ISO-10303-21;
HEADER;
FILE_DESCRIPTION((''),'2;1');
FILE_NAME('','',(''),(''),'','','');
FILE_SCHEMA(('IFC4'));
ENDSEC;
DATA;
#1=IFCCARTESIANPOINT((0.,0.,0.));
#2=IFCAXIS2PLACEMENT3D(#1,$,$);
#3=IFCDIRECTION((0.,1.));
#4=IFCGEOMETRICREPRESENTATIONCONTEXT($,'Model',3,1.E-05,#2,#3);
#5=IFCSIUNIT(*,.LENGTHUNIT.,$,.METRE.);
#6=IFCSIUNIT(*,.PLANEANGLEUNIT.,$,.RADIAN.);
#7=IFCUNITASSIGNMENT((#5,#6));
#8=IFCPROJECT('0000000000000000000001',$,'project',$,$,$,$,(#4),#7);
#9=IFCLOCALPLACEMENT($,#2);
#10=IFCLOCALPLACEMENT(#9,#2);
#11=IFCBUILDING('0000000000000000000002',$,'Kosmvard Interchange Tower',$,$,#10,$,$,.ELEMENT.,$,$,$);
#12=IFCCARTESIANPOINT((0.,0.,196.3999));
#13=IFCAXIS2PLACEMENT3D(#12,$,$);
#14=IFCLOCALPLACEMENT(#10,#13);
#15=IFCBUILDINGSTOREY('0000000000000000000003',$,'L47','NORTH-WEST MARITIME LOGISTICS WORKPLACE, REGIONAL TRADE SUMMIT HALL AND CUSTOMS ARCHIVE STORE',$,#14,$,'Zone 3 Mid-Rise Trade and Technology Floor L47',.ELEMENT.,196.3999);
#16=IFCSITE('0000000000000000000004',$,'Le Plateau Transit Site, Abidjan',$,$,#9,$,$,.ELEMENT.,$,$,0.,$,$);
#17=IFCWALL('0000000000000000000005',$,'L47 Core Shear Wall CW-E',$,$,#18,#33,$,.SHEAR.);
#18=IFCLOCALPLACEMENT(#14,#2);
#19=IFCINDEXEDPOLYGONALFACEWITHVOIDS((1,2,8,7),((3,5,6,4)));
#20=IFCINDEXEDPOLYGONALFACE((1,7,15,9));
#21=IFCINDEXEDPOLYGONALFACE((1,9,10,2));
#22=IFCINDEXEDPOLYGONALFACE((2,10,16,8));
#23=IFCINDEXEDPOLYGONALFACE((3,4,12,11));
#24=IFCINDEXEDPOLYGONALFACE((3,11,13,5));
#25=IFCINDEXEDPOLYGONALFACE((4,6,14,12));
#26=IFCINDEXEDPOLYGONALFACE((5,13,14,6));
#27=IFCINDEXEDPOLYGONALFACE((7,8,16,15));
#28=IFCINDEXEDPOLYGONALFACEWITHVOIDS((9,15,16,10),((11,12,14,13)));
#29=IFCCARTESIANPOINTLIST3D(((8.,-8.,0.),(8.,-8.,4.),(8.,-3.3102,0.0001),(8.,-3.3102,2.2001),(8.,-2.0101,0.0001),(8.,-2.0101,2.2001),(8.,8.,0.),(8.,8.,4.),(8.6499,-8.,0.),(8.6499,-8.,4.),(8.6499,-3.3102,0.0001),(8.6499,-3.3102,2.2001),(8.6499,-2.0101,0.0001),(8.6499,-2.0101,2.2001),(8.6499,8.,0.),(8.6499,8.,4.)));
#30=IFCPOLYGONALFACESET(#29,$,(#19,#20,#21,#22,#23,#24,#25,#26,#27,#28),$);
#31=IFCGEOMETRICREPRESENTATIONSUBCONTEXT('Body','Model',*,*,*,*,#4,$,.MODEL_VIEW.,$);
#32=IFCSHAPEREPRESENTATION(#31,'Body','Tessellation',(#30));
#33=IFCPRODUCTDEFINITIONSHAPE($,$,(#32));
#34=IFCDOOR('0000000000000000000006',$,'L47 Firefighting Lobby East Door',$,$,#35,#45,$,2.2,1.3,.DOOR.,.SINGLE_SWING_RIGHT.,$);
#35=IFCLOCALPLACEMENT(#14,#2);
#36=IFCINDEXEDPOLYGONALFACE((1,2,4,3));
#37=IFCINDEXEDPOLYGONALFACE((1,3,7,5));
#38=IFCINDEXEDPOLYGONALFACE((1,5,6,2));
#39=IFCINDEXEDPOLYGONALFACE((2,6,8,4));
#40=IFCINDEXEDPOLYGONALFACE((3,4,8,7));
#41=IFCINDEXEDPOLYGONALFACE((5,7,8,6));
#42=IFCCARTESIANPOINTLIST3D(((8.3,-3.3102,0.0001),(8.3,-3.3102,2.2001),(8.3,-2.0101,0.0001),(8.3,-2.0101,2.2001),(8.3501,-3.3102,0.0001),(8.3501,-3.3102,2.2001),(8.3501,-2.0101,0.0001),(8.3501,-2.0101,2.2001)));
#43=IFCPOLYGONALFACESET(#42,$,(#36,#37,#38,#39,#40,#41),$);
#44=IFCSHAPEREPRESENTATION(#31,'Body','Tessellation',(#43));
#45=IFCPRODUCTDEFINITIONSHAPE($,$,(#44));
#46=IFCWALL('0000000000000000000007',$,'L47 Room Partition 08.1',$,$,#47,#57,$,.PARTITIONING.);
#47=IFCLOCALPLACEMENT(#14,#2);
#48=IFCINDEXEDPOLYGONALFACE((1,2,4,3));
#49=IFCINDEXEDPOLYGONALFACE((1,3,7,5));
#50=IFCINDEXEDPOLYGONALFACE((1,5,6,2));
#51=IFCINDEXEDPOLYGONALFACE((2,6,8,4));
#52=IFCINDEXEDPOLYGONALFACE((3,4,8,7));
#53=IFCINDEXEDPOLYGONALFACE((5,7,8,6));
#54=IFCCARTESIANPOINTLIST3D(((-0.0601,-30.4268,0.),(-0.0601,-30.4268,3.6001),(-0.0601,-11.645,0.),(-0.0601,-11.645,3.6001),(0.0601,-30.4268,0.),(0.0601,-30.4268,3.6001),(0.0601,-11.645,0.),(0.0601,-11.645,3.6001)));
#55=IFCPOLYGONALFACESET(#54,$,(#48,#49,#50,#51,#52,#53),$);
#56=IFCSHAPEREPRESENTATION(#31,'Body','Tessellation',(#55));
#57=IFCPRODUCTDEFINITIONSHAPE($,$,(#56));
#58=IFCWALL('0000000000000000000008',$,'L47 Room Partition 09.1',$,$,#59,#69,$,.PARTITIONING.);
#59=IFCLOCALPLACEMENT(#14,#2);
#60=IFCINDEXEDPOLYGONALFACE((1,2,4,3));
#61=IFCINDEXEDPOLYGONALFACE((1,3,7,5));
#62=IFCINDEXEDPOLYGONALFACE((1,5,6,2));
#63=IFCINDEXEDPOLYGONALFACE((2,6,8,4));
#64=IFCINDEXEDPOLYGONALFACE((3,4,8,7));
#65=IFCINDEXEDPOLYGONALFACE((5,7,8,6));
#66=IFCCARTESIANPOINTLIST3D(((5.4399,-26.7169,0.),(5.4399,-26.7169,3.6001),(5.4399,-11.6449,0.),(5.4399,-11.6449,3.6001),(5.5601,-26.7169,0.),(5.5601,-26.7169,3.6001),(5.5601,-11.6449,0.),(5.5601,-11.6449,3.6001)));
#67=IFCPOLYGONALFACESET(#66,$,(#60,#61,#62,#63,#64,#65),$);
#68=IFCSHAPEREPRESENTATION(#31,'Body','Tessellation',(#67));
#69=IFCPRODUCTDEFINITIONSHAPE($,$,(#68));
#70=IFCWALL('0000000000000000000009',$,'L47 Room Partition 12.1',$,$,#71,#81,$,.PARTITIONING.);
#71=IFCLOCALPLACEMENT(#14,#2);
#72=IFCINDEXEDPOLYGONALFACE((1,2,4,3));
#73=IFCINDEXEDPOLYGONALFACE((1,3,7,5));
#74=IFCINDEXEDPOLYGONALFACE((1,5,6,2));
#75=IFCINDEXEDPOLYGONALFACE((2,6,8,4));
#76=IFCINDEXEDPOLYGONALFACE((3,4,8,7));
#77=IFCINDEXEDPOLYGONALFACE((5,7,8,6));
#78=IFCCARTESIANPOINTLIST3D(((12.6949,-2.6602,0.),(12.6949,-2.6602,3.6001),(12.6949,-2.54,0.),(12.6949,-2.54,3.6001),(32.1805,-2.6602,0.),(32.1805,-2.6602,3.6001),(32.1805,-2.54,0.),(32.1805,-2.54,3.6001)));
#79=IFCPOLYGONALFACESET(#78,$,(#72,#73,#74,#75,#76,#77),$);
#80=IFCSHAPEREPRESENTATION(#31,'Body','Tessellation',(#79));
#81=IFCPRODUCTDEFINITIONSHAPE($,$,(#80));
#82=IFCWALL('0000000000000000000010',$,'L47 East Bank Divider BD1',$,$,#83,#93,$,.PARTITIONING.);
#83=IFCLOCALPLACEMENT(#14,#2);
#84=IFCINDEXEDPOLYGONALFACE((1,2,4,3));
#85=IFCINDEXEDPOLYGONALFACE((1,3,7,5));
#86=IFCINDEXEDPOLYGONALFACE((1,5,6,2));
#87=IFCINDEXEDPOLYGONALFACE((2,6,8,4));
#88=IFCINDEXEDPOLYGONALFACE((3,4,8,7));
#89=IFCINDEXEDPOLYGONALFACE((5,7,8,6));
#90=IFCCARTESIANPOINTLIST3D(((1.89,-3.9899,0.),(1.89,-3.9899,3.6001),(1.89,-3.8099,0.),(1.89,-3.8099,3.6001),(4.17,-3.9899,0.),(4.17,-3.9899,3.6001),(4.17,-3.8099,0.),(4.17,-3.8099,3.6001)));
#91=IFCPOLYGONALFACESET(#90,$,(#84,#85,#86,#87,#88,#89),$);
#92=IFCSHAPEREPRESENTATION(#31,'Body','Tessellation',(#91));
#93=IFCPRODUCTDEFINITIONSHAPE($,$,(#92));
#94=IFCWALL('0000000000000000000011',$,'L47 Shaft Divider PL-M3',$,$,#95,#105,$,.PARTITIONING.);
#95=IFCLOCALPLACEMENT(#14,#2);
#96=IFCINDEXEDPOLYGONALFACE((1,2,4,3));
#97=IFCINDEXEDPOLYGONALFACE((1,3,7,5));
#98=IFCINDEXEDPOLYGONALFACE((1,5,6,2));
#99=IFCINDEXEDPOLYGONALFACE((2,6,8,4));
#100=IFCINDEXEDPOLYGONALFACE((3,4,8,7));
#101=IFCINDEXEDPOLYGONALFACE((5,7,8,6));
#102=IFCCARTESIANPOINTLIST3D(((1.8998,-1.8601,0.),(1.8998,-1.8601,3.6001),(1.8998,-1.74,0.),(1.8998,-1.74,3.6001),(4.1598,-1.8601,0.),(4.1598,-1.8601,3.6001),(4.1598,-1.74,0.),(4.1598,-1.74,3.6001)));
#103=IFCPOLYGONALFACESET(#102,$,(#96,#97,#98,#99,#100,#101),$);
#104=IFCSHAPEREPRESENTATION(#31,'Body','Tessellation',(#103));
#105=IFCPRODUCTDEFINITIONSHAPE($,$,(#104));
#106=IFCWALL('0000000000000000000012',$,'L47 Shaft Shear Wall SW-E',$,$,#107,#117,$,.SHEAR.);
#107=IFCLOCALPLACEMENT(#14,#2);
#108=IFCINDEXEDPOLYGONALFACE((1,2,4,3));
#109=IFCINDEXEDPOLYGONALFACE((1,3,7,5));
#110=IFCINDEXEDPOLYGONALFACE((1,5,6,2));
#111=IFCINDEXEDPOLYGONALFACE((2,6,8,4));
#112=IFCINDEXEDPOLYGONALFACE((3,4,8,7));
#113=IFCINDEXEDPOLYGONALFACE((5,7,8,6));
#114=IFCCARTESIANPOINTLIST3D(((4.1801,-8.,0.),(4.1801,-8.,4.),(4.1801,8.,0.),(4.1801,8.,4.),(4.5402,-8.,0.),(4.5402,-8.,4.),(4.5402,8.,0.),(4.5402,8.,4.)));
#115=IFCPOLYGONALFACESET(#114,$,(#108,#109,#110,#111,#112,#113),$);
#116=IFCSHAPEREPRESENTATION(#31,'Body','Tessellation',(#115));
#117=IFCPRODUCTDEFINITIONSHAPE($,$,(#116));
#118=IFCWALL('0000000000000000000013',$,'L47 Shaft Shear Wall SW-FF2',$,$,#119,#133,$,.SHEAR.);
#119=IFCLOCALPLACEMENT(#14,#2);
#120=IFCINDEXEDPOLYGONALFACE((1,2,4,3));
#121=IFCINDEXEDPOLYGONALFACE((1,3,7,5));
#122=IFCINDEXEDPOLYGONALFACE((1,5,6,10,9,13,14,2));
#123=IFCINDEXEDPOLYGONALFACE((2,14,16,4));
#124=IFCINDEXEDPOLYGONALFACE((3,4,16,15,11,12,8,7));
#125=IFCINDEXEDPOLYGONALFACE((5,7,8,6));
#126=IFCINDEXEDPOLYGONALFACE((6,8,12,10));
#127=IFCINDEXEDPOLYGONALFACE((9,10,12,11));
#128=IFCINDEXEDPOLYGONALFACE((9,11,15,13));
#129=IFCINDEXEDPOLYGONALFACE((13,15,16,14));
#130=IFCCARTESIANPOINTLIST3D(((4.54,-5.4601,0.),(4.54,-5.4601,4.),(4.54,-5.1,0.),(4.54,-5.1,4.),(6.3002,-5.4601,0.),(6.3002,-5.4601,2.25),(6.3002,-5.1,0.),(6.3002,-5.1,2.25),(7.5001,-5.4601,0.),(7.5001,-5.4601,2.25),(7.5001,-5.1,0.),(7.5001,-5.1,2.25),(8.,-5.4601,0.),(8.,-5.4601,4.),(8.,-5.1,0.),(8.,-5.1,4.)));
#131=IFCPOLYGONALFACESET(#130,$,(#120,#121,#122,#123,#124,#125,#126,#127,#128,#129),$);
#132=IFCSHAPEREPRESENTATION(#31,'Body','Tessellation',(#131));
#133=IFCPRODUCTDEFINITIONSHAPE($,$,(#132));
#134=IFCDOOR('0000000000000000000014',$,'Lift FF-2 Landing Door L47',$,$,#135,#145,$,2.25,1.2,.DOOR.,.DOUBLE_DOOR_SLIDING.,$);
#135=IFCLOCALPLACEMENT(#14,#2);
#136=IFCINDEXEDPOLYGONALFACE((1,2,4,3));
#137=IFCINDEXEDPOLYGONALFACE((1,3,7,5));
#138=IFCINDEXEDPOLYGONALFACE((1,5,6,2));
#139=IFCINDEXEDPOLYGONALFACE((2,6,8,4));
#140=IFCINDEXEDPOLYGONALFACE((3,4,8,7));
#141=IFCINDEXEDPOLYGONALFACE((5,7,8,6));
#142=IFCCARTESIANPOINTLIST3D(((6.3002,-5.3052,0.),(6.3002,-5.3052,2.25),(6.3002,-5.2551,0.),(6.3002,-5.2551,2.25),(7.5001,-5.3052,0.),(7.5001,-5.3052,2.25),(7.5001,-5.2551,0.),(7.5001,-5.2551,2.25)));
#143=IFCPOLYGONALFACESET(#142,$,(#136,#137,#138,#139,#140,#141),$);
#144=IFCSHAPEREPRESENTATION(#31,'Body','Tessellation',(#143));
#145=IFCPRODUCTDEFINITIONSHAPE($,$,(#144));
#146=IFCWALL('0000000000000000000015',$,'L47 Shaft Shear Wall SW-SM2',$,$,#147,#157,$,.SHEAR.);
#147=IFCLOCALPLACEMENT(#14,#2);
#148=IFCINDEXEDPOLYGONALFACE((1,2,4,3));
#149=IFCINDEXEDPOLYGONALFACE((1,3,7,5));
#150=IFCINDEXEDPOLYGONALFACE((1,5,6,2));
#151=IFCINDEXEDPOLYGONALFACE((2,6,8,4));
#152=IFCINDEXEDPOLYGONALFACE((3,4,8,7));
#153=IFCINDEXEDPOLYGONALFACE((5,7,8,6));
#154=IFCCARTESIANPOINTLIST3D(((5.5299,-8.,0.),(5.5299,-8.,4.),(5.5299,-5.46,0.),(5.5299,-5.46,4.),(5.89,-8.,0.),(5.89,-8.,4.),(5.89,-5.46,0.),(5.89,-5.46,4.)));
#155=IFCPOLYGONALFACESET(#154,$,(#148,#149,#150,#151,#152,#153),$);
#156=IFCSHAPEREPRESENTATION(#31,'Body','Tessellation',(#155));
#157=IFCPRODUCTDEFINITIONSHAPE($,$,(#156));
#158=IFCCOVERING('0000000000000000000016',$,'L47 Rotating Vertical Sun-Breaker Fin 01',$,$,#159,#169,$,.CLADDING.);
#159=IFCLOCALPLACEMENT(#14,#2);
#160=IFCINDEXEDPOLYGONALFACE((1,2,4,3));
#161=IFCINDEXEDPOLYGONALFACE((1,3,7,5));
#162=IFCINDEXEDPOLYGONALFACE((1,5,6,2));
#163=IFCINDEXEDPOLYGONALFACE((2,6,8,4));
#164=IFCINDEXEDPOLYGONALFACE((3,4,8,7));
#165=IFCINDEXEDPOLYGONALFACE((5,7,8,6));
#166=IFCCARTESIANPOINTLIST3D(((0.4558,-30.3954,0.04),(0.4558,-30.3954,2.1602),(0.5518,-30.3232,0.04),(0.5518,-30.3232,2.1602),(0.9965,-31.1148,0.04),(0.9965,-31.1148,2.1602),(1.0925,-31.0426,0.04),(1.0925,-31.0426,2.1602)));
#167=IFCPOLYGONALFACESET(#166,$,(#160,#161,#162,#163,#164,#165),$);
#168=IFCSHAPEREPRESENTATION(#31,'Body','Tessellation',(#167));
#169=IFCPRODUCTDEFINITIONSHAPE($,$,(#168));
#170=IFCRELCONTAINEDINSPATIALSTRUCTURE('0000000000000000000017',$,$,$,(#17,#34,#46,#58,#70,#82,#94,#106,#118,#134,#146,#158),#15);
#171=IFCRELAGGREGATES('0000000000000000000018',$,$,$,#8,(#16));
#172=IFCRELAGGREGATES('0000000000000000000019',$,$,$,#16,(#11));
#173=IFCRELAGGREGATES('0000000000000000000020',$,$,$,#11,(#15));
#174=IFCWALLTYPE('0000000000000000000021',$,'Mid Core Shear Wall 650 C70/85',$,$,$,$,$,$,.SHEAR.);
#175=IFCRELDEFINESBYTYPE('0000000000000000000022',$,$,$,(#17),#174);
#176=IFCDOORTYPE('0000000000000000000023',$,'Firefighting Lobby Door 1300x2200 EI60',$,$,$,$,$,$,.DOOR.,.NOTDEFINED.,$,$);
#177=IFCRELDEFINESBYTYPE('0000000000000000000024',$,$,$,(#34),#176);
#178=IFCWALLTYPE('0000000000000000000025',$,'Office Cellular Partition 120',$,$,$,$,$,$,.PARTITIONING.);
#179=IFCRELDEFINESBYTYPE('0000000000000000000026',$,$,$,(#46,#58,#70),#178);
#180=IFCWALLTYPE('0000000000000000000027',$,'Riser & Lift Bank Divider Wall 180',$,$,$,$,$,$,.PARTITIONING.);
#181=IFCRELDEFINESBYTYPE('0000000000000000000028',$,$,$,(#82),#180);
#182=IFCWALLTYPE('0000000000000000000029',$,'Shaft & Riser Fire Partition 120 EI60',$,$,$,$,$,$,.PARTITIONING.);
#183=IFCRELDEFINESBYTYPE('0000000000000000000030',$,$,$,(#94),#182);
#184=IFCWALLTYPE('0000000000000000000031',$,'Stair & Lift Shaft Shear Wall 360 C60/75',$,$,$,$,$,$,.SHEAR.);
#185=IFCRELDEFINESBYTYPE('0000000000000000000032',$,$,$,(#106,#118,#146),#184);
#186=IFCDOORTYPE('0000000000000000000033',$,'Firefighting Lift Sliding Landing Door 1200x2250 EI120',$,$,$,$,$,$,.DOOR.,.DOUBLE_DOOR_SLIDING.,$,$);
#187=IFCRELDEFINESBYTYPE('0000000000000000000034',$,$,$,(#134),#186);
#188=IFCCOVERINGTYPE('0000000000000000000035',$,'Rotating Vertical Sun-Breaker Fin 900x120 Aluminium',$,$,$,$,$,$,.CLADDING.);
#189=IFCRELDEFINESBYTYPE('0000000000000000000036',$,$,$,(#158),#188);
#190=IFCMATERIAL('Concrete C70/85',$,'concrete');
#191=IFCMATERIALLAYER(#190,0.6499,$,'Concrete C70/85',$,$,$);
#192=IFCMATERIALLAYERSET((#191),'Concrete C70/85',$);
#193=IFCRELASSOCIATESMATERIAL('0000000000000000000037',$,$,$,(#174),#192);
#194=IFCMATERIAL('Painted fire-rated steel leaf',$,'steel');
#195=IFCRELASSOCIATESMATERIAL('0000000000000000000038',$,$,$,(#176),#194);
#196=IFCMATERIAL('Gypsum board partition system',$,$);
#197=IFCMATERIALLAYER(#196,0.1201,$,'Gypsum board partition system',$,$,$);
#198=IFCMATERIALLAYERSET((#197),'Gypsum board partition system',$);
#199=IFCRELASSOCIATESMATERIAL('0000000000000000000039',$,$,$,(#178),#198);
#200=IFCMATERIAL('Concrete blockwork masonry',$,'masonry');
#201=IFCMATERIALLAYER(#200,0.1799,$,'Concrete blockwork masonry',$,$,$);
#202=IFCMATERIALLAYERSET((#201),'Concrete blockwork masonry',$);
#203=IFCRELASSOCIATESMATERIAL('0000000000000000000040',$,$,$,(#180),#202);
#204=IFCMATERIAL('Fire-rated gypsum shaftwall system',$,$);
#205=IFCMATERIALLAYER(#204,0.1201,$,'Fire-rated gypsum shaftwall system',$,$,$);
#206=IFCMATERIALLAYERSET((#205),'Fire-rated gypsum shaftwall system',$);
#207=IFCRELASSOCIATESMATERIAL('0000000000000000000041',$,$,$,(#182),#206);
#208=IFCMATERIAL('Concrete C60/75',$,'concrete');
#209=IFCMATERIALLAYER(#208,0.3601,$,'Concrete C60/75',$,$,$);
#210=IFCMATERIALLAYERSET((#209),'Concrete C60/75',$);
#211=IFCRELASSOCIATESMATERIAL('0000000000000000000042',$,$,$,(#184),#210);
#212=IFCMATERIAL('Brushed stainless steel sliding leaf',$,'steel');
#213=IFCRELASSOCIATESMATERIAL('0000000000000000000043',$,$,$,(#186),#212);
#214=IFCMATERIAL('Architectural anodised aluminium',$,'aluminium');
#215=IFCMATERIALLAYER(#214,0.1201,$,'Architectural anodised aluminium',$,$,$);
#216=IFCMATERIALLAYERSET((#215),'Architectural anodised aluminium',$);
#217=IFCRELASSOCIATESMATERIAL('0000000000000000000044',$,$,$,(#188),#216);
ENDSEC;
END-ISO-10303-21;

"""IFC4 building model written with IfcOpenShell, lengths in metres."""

from ifc_helpers import new_model, si_unit, direction, frame, frame_2d, origin, origin_2d, place, context, subcontext, project, spatial, rectangle, extrude, source, transform, mapped, material, layer, layer_set, type_object, element, fill, save


model = new_model("IFC4")

# Units and contexts
model_context = context("Model", 3, precision=1e-05, world=origin(), true_north=direction((0.0, 1.0)))
body_context = subcontext(model_context, "Body", "Model", "MODEL_VIEW")
ifc_project = project(units=[si_unit("LENGTHUNIT", "METRE"), si_unit("PLANEANGLEUNIT", "RADIAN")], contexts=[model_context])

# Site, building, storey
site_placement = place(None, origin())
site = spatial("IfcSite", under=ifc_project, at=site_placement, Name="Le Plateau Transit Site, Abidjan", CompositionType="ELEMENT", RefElevation=0.0)
building_placement = place(site_placement, origin())
building = spatial("IfcBuilding", under=site, at=building_placement, Name="Kosmvard Interchange Tower", CompositionType="ELEMENT")
storey_placement = place(building_placement, frame((0.0, 0.0, 196.3999)))
storey = spatial("IfcBuildingStorey", under=building, at=storey_placement, Name="L47", Description="NORTH-WEST MARITIME LOGISTICS WORKPLACE, REGIONAL TRADE SUMMIT HALL AND CUSTOMS ARCHIVE STORE", LongName="Zone 3 Mid-Rise Trade and Technology Floor L47", CompositionType="ELEMENT", Elevation=196.3999)

# Shared definitions
ifc_material_1 = material(Name="Concrete C60/75", Category="concrete")

# Shared definitions
ifc_material_2 = material(Name="Painted fire-rated steel leaf", Category="steel")
ifc_material_3 = material(Name="Brushed stainless steel sliding leaf", Category="steel")

# Wall, opening, door
ifc_material_4 = material(Name="Concrete C70/85", Category="concrete")
ifc_layer_1 = layer(ifc_material_4, 0.6499, Name="Concrete C70/85")
ifc_layer_set_1 = layer_set([ifc_layer_1], Name="Concrete C70/85")
wall_type_1 = type_object("IfcWallType", Name="Mid Core Shear Wall 650 C70/85", PredefinedType="SHEAR", material=ifc_layer_set_1)
wall_1_placement = place(storey_placement, frame((8.325, -8.0, 0.0), z_axis=(0.0, 0.0, 1.0), x_axis=(0.0, 1.0, 0.0)))
wall_1 = element("IfcWall", 1, at=wall_1_placement, inside=storey, type_object=wall_type_1, Name="L47 Core Shear Wall CW-E", PredefinedType="SHEAR", context=body_context, shape_type="SweptSolid", body=[
    extrude(rectangle(XDim=16.0, YDim=0.6499, at=frame_2d((8.0, 0.0))), origin(), (0.0, 0.0, 1.0), 4.0),
])
opening_1_placement = place(wall_1_placement, frame((4.6899, 0.0, 0.0)))
opening_1 = element("IfcOpeningElement", 2, at=opening_1_placement, cuts=wall_1, PredefinedType="OPENING", context=body_context, shape_type="SweptSolid", body=[
    extrude(rectangle(XDim=1.3, YDim=2.2, at=frame_2d((0.6499, 1.1001))), frame((0.0, 0.335, 0.0), z_axis=(0.0, -1.0, 0.0), x_axis=(1.0, 0.0, 0.0)), (0.0, 0.0, 1.0), 0.6699),
])
door_type_1 = type_object("IfcDoorType", Name="Firefighting Lobby Door 1300x2200 EI60", OperationType="NOTDEFINED", PredefinedType="DOOR", material=ifc_material_2)
shared_shape_1 = source(origin(), body_context, "Body", "SweptSolid", [
    extrude(rectangle(XDim=1.3, YDim=2.2, at=frame_2d((0.6499, 1.1001))), frame((0.0, 0.0249, 0.0), z_axis=(0.0, -1.0, 0.0), x_axis=(1.0, 0.0, 0.0)), (0.0, 0.0, 1.0), 0.05),
])
door_1_placement = place(opening_1_placement, origin())
door_1 = element("IfcDoor", 3, at=door_1_placement, inside=storey, type_object=door_type_1, Name="L47 Firefighting Lobby East Door", OperationType="SINGLE_SWING_RIGHT", OverallHeight=2.2, OverallWidth=1.3, PredefinedType="DOOR", context=body_context, shape_type="MappedRepresentation", body=[
    mapped(shared_shape_1, transform((0.0, 0.0, 0.0), scale=1.0)),
])
fill(opening_1, door_1)

# Walls
ifc_material_5 = material(Name="Gypsum board partition system")
ifc_layer_2 = layer(ifc_material_5, 0.1201, Name="Gypsum board partition system")
ifc_layer_set_2 = layer_set([ifc_layer_2], Name="Gypsum board partition system")
wall_type_2 = type_object("IfcWallType", Name="Office Cellular Partition 120", PredefinedType="PARTITIONING", material=ifc_layer_set_2)
wall_2_placement = place(storey_placement, frame((0.0, -30.4268, 0.0), z_axis=(0.0, 0.0, 1.0), x_axis=(0.0, 1.0, 0.0)))
element("IfcWall", 4, at=wall_2_placement, inside=storey, type_object=wall_type_2, Name="L47 Room Partition 08.1", PredefinedType="PARTITIONING", context=body_context, shape_type="SweptSolid", body=[
    extrude(rectangle(XDim=18.7817, YDim=0.1201, at=frame_2d((9.3909, 0.0))), origin(), (0.0, 0.0, 1.0), 3.6001),
])
wall_3_placement = place(storey_placement, frame((5.5, -26.717, 0.0), z_axis=(0.0, 0.0, 1.0), x_axis=(0.0, 1.0, 0.0)))
element("IfcWall", 5, at=wall_3_placement, inside=storey, type_object=wall_type_2, Name="L47 Room Partition 09.1", PredefinedType="PARTITIONING", context=body_context, shape_type="SweptSolid", body=[
    extrude(rectangle(XDim=15.072, YDim=0.1201, at=frame_2d((7.5361, 0.0))), origin(), (0.0, 0.0, 1.0), 3.6001),
])
wall_4_placement = place(storey_placement, frame((12.6951, -2.6001, 0.0), z_axis=(0.0, 0.0, 1.0), x_axis=(1.0, 0.0, 0.0)))
element("IfcWall", 6, at=wall_4_placement, inside=storey, type_object=wall_type_2, Name="L47 Room Partition 12.1", PredefinedType="PARTITIONING", context=body_context, shape_type="SweptSolid", body=[
    extrude(rectangle(XDim=19.4856, YDim=0.1201, at=frame_2d((9.7427, 0.0))), origin(), (0.0, 0.0, 1.0), 3.6001),
])
ifc_material_6 = material(Name="Concrete blockwork masonry", Category="masonry")
ifc_layer_3 = layer(ifc_material_6, 0.1799, Name="Concrete blockwork masonry")
ifc_layer_set_3 = layer_set([ifc_layer_3], Name="Concrete blockwork masonry")
wall_type_3 = type_object("IfcWallType", Name="Riser & Lift Bank Divider Wall 180", PredefinedType="PARTITIONING", material=ifc_layer_set_3)
wall_5_placement = place(storey_placement, frame((1.8899, -3.8999, 0.0), z_axis=(0.0, 0.0, 1.0), x_axis=(1.0, 0.0, 0.0)))
element("IfcWall", 7, at=wall_5_placement, inside=storey, type_object=wall_type_3, Name="L47 East Bank Divider BD1", PredefinedType="PARTITIONING", context=body_context, shape_type="SweptSolid", body=[
    extrude(rectangle(XDim=2.28, YDim=0.1799, at=frame_2d((1.1401, 0.0))), origin(), (0.0, 0.0, 1.0), 3.6001),
])
ifc_material_7 = material(Name="Fire-rated gypsum shaftwall system")
ifc_layer_4 = layer(ifc_material_7, 0.1201, Name="Fire-rated gypsum shaftwall system")
ifc_layer_set_4 = layer_set([ifc_layer_4], Name="Fire-rated gypsum shaftwall system")
wall_type_4 = type_object("IfcWallType", Name="Shaft & Riser Fire Partition 120 EI60", PredefinedType="PARTITIONING", material=ifc_layer_set_4)
wall_6_placement = place(storey_placement, frame((1.8999, -1.8, 0.0), z_axis=(0.0, 0.0, 1.0), x_axis=(1.0, 0.0, 0.0)))
element("IfcWall", 8, at=wall_6_placement, inside=storey, type_object=wall_type_4, Name="L47 Shaft Divider PL-M3", PredefinedType="PARTITIONING", context=body_context, shape_type="SweptSolid", body=[
    extrude(rectangle(XDim=2.26, YDim=0.1201, at=frame_2d((1.1299, 0.0))), origin(), (0.0, 0.0, 1.0), 3.6001),
])
ifc_layer_5 = layer(ifc_material_1, 0.3601, Name="Concrete C60/75")
ifc_layer_set_5 = layer_set([ifc_layer_5], Name="Concrete C60/75")
wall_type_5 = type_object("IfcWallType", Name="Stair & Lift Shaft Shear Wall 360 C60/75", PredefinedType="SHEAR", material=ifc_layer_set_5)
wall_7_placement = place(storey_placement, frame((4.3601, -8.0, 0.0), z_axis=(0.0, 0.0, 1.0), x_axis=(0.0, 1.0, 0.0)))
element("IfcWall", 9, at=wall_7_placement, inside=storey, type_object=wall_type_5, Name="L47 Shaft Shear Wall SW-E", PredefinedType="SHEAR", context=body_context, shape_type="SweptSolid", body=[
    extrude(rectangle(XDim=16.0, YDim=0.3601, at=frame_2d((8.0, 0.0))), origin(), (0.0, 0.0, 1.0), 4.0),
])

# Wall, opening, door
wall_8_placement = place(storey_placement, frame((4.54, -5.28, 0.0), z_axis=(0.0, 0.0, 1.0), x_axis=(1.0, 0.0, 0.0)))
wall_8 = element("IfcWall", 10, at=wall_8_placement, inside=storey, type_object=wall_type_5, Name="L47 Shaft Shear Wall SW-FF2", PredefinedType="SHEAR", context=body_context, shape_type="SweptSolid", body=[
    extrude(rectangle(XDim=3.46, YDim=0.3601, at=frame_2d((1.73, 0.0))), origin(), (0.0, 0.0, 1.0), 4.0),
])
opening_2_placement = place(wall_8_placement, frame((1.76, 0.0, 0.0)))
opening_2 = element("IfcOpeningElement", 11, at=opening_2_placement, cuts=wall_8, PredefinedType="OPENING", context=body_context, shape_type="SweptSolid", body=[
    extrude(rectangle(XDim=1.2, YDim=2.25, at=frame_2d((0.6001, 1.125))), frame((0.0, 0.1899, 0.0), z_axis=(0.0, -1.0, 0.0), x_axis=(1.0, 0.0, 0.0)), (0.0, 0.0, 1.0), 0.3801),
])
door_type_2 = type_object("IfcDoorType", Name="Firefighting Lift Sliding Landing Door 1200x2250 EI120", OperationType="DOUBLE_DOOR_SLIDING", PredefinedType="DOOR", material=ifc_material_3)
shared_shape_2 = source(origin(), body_context, "Body", "SweptSolid", [
    extrude(rectangle(XDim=1.2, YDim=2.25, at=frame_2d((0.6001, 1.125))), frame((0.0, 0.0249, 0.0), z_axis=(0.0, -1.0, 0.0), x_axis=(1.0, 0.0, 0.0)), (0.0, 0.0, 1.0), 0.05),
])
door_2_placement = place(opening_2_placement, origin())
door_2 = element("IfcDoor", 12, at=door_2_placement, inside=storey, type_object=door_type_2, Name="Lift FF-2 Landing Door L47", OperationType="DOUBLE_DOOR_SLIDING", OverallHeight=2.25, OverallWidth=1.2, PredefinedType="DOOR", context=body_context, shape_type="MappedRepresentation", body=[
    mapped(shared_shape_2, transform((0.0, 0.0, 0.0), scale=1.0)),
])
fill(opening_2, door_2)

# Wall
wall_9_placement = place(storey_placement, frame((5.71, -8.0, 0.0), z_axis=(0.0, 0.0, 1.0), x_axis=(0.0, 1.0, 0.0)))
element("IfcWall", 13, at=wall_9_placement, inside=storey, type_object=wall_type_5, Name="L47 Shaft Shear Wall SW-SM2", PredefinedType="SHEAR", context=body_context, shape_type="SweptSolid", body=[
    extrude(rectangle(XDim=2.54, YDim=0.3601, at=frame_2d((1.27, 0.0))), origin(), (0.0, 0.0, 1.0), 4.0),
])

# Covering
ifc_material_8 = material(Name="Architectural anodised aluminium", Category="aluminium")
ifc_layer_6 = layer(ifc_material_8, 0.1201, Name="Architectural anodised aluminium")
ifc_layer_set_6 = layer_set([ifc_layer_6], Name="Architectural anodised aluminium")
covering_type = type_object("IfcCoveringType", Name="Rotating Vertical Sun-Breaker Fin 900x120 Aluminium", PredefinedType="CLADDING", material=ifc_layer_set_6)
shared_shape_3 = source(origin(), body_context, "Body", "SweptSolid", [
    extrude(rectangle(XDim=0.8999, YDim=0.1201, at=origin_2d()), origin(), (0.0, 0.0, 1.0), 2.1201),
])
for number, where, z_axis, x_axis, name in (
    (14, (0.7742, -30.719, 0.04), (0.0, 0.0, 1.0), (0.600839, -0.79937, 0.0), "L47 Rotating Vertical Sun-Breaker Fin 01"),
):
    element("IfcCovering", number, at=place(storey_placement, frame(where, z_axis=z_axis, x_axis=x_axis)), inside=storey, type_object=covering_type, Name=name, PredefinedType="CLADDING", context=body_context, shape_type="MappedRepresentation", body=[
        mapped(shared_shape_3, transform((0.0, 0.0, 0.0), scale=1.0)),
    ])

save(model, "model.ifc")
